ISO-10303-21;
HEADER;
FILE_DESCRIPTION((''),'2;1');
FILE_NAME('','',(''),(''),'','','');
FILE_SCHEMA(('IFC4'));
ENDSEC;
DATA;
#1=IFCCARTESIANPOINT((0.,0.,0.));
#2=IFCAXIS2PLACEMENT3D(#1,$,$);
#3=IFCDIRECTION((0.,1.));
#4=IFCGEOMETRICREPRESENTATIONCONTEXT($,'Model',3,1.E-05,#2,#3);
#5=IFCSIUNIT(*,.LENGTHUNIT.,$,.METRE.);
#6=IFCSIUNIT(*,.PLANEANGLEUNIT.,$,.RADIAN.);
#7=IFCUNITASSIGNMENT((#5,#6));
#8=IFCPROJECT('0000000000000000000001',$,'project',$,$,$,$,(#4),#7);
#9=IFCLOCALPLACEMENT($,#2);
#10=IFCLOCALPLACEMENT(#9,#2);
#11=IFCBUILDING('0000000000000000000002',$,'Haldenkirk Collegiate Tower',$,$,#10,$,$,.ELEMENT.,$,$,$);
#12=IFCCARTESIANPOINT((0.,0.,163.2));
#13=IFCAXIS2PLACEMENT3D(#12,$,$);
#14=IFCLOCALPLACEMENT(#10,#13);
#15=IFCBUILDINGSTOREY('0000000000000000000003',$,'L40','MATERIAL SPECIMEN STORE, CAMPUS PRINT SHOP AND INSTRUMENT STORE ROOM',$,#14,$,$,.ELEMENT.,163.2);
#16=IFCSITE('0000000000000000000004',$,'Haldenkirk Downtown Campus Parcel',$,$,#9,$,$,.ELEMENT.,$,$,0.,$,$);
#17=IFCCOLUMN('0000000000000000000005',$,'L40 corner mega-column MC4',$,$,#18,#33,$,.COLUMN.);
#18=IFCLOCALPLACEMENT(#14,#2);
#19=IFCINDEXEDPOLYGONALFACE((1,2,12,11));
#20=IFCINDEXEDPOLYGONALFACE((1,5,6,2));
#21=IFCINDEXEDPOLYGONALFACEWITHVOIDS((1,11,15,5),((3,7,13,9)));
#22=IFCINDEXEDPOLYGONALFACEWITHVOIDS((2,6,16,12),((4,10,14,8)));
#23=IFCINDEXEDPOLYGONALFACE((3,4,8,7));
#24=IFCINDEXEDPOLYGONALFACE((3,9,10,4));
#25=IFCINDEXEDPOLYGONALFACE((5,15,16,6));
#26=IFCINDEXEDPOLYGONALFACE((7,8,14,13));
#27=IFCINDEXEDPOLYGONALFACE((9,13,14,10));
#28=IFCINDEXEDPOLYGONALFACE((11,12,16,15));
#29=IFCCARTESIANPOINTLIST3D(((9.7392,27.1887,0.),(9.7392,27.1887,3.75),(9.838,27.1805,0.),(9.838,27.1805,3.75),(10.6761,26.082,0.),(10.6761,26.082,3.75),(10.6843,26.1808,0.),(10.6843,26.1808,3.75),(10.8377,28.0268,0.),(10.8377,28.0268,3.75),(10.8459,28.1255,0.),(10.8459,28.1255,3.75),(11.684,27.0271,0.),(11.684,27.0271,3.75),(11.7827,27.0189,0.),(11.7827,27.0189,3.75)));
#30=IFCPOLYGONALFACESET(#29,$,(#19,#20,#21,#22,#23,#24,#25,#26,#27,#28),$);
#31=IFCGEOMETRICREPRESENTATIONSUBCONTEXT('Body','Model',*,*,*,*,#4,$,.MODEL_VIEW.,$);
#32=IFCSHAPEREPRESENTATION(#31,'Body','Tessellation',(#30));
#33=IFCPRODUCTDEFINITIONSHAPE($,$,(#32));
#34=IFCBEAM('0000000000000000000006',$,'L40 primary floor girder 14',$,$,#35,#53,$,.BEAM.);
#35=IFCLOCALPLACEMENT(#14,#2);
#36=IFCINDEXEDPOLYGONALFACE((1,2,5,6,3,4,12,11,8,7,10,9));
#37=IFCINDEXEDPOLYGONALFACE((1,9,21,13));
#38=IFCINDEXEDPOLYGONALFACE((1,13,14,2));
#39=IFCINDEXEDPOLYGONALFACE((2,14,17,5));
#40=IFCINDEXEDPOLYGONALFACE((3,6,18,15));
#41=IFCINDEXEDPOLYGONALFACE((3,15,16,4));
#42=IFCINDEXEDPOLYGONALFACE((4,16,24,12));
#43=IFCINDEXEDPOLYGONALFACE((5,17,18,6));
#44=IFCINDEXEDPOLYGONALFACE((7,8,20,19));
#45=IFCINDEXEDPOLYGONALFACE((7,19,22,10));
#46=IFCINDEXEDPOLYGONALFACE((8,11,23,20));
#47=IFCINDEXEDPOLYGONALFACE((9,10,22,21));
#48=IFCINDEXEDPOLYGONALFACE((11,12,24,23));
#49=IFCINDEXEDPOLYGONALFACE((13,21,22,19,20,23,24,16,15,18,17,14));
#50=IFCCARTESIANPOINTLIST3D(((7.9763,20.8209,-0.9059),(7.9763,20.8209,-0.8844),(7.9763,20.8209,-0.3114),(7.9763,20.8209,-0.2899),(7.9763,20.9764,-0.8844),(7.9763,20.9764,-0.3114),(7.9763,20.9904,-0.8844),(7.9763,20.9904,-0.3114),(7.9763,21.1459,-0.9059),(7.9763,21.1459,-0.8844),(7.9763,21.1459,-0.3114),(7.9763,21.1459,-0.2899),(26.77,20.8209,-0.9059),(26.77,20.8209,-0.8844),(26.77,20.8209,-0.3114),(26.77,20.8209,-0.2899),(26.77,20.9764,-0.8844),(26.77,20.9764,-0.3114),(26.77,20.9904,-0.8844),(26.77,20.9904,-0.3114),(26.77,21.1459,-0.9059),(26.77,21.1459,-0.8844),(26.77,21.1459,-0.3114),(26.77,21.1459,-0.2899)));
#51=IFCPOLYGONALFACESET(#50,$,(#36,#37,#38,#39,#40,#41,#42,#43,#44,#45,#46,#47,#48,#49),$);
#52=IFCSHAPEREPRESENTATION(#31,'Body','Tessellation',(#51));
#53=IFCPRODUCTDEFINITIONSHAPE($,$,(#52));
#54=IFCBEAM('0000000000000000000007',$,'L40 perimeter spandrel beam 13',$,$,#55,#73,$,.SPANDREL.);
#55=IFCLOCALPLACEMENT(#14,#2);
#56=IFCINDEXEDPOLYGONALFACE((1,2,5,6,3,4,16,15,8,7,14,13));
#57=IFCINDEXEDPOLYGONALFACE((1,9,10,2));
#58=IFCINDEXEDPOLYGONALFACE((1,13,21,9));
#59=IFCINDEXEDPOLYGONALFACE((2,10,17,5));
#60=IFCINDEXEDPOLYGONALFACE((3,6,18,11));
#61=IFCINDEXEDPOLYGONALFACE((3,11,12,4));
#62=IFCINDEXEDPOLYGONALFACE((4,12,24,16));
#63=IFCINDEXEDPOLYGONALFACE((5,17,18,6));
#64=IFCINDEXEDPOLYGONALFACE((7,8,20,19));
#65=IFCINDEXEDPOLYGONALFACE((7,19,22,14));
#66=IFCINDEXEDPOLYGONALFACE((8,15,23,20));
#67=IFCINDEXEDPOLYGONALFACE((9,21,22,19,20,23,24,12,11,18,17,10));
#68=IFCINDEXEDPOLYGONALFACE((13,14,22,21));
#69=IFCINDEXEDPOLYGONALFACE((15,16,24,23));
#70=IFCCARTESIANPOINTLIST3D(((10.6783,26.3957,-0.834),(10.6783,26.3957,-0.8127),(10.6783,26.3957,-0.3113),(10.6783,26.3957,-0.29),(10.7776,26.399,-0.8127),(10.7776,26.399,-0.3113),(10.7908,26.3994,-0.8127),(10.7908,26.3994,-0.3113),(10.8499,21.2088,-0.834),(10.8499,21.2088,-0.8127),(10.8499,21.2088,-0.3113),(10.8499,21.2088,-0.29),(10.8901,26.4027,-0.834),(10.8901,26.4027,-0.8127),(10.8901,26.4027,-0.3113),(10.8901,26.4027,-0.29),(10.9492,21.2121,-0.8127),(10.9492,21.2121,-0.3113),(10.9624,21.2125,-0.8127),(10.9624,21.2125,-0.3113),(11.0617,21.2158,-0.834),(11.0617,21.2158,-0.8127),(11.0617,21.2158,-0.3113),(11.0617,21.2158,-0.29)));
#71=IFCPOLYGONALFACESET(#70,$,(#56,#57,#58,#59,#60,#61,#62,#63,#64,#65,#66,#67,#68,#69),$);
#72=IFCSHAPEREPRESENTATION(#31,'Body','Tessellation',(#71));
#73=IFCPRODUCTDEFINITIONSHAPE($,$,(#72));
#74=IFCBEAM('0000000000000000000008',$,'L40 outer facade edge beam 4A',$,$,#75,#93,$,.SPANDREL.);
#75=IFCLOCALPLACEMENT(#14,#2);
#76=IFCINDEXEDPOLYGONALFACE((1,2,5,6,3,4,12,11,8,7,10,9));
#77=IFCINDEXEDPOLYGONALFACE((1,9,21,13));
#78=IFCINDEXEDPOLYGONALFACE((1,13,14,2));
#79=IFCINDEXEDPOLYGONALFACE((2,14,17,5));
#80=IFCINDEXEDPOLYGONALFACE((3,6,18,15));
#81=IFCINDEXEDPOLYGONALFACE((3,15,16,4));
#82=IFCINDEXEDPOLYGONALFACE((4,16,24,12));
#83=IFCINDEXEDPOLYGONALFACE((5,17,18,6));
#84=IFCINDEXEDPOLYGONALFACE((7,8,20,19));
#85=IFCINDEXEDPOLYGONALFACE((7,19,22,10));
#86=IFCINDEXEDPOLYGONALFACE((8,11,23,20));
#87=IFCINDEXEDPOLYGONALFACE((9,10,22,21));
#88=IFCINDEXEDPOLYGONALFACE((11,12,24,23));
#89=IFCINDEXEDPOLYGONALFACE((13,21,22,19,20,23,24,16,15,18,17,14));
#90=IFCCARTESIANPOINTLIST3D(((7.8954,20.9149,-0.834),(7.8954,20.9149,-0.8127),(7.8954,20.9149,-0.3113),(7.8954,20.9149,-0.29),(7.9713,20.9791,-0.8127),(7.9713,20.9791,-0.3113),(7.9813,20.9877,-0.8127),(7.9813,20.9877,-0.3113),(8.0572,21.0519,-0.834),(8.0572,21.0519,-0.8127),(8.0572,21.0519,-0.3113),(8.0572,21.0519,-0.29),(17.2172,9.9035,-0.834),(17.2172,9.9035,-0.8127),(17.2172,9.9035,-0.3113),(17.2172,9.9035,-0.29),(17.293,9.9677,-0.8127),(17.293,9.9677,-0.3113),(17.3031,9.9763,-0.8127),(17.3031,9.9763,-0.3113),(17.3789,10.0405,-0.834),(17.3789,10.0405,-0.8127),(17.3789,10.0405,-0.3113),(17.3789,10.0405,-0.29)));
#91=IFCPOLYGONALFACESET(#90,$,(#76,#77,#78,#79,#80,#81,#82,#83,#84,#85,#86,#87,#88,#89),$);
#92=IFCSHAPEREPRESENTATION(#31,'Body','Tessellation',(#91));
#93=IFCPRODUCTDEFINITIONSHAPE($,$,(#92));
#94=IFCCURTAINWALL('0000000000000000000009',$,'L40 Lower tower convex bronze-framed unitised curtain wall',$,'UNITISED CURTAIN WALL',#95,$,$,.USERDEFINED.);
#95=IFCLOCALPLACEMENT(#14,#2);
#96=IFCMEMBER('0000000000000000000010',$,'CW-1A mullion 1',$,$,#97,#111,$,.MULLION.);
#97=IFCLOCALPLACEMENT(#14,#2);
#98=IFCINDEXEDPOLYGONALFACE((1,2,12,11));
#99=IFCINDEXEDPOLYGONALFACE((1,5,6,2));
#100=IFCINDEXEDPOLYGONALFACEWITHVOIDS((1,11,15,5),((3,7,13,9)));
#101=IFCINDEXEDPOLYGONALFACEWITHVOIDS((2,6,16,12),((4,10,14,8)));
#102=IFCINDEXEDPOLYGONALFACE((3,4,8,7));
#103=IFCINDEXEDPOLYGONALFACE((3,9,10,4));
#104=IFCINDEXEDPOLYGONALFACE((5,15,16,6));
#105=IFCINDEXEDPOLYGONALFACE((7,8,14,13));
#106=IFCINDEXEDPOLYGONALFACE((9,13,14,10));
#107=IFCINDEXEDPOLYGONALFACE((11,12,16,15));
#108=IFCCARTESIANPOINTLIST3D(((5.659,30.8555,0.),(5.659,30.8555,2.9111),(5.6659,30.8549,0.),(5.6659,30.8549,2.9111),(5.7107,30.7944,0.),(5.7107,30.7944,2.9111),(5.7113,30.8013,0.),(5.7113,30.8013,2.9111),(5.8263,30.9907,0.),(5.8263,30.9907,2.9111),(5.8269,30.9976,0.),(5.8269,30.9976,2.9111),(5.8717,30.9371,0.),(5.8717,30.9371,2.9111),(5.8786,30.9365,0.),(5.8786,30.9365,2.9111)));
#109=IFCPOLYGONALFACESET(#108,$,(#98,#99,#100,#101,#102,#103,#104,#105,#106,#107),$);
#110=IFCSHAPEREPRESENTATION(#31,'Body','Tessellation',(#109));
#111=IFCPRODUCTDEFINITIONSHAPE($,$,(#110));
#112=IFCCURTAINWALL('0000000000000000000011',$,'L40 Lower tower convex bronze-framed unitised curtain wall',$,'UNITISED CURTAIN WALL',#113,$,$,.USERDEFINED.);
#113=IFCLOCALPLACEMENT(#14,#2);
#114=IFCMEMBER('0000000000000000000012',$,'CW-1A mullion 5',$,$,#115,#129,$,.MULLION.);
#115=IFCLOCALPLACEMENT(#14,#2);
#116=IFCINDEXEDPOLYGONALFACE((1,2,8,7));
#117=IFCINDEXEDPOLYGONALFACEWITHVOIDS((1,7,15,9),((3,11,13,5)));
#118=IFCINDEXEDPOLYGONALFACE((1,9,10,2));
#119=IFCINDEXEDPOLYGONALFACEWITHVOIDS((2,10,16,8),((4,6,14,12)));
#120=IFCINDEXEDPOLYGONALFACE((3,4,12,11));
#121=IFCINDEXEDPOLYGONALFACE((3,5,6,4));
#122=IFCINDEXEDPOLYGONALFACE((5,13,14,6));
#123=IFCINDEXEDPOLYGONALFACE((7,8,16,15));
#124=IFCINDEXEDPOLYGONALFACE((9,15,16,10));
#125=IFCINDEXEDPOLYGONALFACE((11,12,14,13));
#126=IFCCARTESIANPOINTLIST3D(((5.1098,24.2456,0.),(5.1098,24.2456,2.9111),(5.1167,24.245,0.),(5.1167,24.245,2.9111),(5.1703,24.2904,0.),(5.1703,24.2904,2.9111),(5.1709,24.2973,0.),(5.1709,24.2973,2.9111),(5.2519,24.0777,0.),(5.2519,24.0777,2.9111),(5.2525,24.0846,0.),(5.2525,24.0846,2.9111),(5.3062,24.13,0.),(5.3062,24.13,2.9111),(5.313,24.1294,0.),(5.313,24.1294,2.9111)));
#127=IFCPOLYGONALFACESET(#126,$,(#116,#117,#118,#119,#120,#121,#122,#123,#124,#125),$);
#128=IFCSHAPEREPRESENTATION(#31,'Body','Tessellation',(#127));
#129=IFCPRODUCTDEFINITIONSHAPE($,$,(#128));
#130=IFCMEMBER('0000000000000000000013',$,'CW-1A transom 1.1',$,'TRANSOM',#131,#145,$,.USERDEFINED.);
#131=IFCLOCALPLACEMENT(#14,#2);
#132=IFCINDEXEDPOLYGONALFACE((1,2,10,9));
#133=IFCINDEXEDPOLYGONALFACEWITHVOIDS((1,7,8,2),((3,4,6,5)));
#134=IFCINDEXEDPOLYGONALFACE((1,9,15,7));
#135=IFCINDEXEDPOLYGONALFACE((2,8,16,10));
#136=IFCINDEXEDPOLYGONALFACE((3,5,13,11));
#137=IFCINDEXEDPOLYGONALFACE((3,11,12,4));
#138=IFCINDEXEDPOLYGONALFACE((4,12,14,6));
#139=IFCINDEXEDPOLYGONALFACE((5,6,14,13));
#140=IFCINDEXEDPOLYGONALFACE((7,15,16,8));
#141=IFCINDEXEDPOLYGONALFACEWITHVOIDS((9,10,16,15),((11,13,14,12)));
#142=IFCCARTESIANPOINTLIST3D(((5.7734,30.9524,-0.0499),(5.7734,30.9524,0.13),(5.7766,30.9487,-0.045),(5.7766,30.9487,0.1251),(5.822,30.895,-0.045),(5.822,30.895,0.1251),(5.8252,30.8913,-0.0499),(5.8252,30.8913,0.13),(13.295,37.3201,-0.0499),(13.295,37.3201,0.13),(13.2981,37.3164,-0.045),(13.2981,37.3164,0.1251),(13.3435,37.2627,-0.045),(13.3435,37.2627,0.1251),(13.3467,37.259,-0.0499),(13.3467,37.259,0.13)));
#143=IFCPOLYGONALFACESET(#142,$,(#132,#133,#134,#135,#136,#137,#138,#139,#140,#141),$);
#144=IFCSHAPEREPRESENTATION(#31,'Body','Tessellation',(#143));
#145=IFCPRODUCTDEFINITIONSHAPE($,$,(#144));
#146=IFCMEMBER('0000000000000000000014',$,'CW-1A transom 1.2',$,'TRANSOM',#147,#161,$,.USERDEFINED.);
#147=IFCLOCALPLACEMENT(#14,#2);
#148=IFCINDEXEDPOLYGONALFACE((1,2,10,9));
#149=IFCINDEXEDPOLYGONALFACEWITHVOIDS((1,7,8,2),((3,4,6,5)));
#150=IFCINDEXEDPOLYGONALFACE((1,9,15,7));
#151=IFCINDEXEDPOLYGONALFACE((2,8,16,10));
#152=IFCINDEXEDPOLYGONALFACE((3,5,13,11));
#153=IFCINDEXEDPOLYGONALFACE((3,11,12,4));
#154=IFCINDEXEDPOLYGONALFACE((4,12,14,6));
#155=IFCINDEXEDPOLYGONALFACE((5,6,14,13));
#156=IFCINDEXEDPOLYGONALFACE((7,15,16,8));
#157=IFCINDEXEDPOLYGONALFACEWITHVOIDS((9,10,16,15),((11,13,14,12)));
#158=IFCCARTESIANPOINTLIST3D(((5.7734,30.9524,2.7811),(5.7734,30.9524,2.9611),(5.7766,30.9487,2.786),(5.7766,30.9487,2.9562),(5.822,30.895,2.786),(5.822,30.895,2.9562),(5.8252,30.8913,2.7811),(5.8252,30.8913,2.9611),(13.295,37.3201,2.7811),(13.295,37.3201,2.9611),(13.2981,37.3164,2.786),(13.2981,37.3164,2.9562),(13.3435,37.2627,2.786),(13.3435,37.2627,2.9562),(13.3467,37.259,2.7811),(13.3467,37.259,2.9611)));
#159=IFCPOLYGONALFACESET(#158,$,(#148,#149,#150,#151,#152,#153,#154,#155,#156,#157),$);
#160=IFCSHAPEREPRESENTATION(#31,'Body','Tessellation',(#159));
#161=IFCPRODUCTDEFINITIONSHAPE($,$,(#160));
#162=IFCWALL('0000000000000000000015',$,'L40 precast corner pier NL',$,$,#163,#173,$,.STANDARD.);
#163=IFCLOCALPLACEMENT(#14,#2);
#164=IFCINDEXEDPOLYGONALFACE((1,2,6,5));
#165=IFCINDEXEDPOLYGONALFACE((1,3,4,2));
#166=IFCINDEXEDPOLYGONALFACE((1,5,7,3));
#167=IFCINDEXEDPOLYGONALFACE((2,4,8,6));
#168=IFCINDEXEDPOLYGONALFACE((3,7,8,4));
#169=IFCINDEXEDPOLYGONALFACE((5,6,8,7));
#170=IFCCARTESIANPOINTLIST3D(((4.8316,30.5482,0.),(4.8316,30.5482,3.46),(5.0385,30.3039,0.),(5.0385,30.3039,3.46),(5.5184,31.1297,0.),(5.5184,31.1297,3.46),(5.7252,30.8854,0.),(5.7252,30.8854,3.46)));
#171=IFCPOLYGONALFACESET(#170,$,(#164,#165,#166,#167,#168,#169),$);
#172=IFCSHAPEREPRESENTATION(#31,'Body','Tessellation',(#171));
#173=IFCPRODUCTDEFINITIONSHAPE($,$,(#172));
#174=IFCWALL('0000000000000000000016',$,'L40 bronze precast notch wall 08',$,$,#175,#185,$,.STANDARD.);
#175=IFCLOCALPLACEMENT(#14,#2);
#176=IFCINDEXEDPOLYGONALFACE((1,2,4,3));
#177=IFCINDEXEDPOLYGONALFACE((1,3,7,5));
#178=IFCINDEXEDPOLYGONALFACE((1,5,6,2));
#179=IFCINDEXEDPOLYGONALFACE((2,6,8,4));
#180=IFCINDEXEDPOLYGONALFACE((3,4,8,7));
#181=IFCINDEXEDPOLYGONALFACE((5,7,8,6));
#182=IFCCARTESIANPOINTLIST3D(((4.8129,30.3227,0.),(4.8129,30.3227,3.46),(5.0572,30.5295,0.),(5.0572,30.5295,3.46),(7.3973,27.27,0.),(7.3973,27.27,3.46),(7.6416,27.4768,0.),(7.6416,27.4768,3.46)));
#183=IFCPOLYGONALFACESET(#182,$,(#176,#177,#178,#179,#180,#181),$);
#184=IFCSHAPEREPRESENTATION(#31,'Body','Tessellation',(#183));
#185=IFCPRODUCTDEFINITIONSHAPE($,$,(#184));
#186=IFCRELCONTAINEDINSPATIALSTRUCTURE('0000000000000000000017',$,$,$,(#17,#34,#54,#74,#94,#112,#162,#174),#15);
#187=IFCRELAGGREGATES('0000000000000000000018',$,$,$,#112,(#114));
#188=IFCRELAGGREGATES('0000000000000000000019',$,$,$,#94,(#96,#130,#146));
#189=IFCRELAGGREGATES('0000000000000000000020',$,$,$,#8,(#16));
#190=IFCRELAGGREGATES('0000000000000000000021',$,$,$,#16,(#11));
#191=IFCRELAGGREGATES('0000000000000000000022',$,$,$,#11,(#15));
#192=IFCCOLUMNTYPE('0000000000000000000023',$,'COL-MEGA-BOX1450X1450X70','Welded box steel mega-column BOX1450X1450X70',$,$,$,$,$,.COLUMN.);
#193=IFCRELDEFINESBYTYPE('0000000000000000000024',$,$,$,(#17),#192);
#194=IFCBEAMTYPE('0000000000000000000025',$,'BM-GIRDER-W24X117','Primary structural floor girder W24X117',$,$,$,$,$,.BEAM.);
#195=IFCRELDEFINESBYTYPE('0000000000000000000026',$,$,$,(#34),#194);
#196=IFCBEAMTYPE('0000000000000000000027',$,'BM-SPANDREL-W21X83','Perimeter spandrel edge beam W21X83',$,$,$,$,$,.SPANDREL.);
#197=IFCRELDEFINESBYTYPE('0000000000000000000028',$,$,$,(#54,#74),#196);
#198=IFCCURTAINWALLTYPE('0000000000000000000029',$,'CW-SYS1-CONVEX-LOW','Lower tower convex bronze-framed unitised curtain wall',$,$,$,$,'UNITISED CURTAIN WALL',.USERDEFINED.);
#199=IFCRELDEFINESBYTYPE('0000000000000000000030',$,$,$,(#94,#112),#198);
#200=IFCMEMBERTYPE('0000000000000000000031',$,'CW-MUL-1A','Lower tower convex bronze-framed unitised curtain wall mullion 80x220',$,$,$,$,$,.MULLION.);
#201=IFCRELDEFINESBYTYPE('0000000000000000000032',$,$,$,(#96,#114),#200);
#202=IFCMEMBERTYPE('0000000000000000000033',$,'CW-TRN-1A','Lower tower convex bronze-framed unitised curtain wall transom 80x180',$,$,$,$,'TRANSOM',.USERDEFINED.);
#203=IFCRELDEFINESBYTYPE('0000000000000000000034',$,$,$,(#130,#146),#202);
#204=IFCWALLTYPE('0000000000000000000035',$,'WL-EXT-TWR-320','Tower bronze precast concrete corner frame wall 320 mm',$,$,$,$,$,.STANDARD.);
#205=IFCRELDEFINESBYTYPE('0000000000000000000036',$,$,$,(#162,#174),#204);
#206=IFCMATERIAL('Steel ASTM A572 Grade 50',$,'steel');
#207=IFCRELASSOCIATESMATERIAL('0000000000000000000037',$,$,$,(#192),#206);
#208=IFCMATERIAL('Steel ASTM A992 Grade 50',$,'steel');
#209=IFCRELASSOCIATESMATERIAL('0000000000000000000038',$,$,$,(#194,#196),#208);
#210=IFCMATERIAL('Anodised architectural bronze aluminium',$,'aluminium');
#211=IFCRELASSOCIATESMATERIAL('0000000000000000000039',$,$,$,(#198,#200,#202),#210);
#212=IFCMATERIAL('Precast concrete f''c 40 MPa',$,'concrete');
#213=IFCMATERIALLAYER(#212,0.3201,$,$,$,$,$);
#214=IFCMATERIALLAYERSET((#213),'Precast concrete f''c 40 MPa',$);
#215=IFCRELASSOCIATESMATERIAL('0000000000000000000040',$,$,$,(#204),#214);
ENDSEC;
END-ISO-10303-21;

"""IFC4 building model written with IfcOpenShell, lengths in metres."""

from ifc_helpers import new_model, si_unit, direction, frame, frame_2d, origin, origin_2d, place, context, subcontext, project, spatial, rectangle, hollow_rectangle, i_section, extrude, material, layer, layer_set, material_profile, profile_set, type_object, element, aggregate, save


model = new_model("IFC4")

# Units and contexts
model_context = context("Model", 3, precision=1e-05, world=origin(), true_north=direction((0.0, 1.0)))
body_context = subcontext(model_context, "Body", "Model", "MODEL_VIEW")
ifc_project = project(units=[si_unit("LENGTHUNIT", "METRE"), si_unit("PLANEANGLEUNIT", "RADIAN")], contexts=[model_context])

# Site, building, storey
site_placement = place(None, origin())
site = spatial("IfcSite", under=ifc_project, at=site_placement, Name="Haldenkirk Downtown Campus Parcel", CompositionType="ELEMENT", RefElevation=0.0)
building_placement = place(site_placement, origin())
building = spatial("IfcBuilding", under=site, at=building_placement, Name="Haldenkirk Collegiate Tower", CompositionType="ELEMENT")
storey_placement = place(building_placement, frame((0.0, 0.0, 163.2)))
storey = spatial("IfcBuildingStorey", under=building, at=storey_placement, Name="L40", Description="MATERIAL SPECIMEN STORE, CAMPUS PRINT SHOP AND INSTRUMENT STORE ROOM", CompositionType="ELEMENT", Elevation=163.2)

# Column
ifc_material_1 = material(Name="Steel ASTM A572 Grade 50", Category="steel")
ifc_material_profile_1 = material_profile(ifc_material_1, hollow_rectangle(XDim=1.45, YDim=1.45, WallThickness=0.0701, at=origin_2d()), Name="BOX1450X1450X70")
ifc_profile_set_1 = profile_set([ifc_material_profile_1], Name="Steel ASTM A572 Grade 50")
column_type = type_object("IfcColumnType", Name="COL-MEGA-BOX1450X1450X70", Description="Welded box steel mega-column BOX1450X1450X70", PredefinedType="COLUMN", material=ifc_profile_set_1)
column_placement = place(storey_placement, frame((10.761, 27.1038, 0.0), z_axis=(0.0, 0.0, 1.0), x_axis=(0.763232, 0.646124, 0.0)))
element("IfcColumn", 1, at=column_placement, inside=storey, type_object=column_type, Name="L40 corner mega-column MC4", PredefinedType="COLUMN", context=body_context, shape_type="SweptSolid", body=[
    extrude(hollow_rectangle(XDim=1.45, YDim=1.45, WallThickness=0.0701, at=origin_2d()), origin(), (0.0, 0.0, 1.0), 3.75),
])

# Beams
ifc_material_2 = material(Name="Steel ASTM A992 Grade 50", Category="steel")
ifc_material_profile_2 = material_profile(ifc_material_2, i_section(OverallWidth=0.325, OverallDepth=0.616, WebThickness=0.0139, FlangeThickness=0.0215, at=origin_2d()), Name="W24X117")
ifc_profile_set_2 = profile_set([ifc_material_profile_2], Name="Steel ASTM A992 Grade 50")
beam_type_1 = type_object("IfcBeamType", Name="BM-GIRDER-W24X117", Description="Primary structural floor girder W24X117", PredefinedType="BEAM", material=ifc_profile_set_2)
beam_1_placement = place(storey_placement, frame((7.9763, 20.9834, -0.5979), z_axis=(1.0, 0.0, 0.0), x_axis=(0.0, 1.0, 0.0)))
element("IfcBeam", 2, at=beam_1_placement, inside=storey, type_object=beam_type_1, Name="L40 primary floor girder 14", PredefinedType="BEAM", context=body_context, shape_type="SweptSolid", body=[
    extrude(i_section(OverallWidth=0.325, OverallDepth=0.616, WebThickness=0.0139, FlangeThickness=0.0215, at=origin_2d()), origin(), (0.0, 0.0, 1.0), 18.7937),
])
ifc_material_profile_3 = material_profile(ifc_material_2, i_section(OverallWidth=0.2119, OverallDepth=0.5439, WebThickness=0.0132, FlangeThickness=0.0212, at=origin_2d()), Name="W21X83")
ifc_profile_set_3 = profile_set([ifc_material_profile_3], Name="Steel ASTM A992 Grade 50")
beam_type_2 = type_object("IfcBeamType", Name="BM-SPANDREL-W21X83", Description="Perimeter spandrel edge beam W21X83", PredefinedType="SPANDREL", material=ifc_profile_set_3)
beam_2_placement = place(storey_placement, frame((10.7842, 26.3992, -0.562), z_axis=(0.033072, -0.999453, 0.0), x_axis=(0.999453, 0.033072, 0.0)))
element("IfcBeam", 3, at=beam_2_placement, inside=storey, type_object=beam_type_2, Name="L40 perimeter spandrel beam 13", PredefinedType="SPANDREL", context=body_context, shape_type="SweptSolid", body=[
    extrude(i_section(OverallWidth=0.2119, OverallDepth=0.5439, WebThickness=0.0132, FlangeThickness=0.0212, at=origin_2d()), origin(), (0.0, 0.0, 1.0), 5.1897),
])
beam_3_placement = place(storey_placement, frame((7.9763, 20.9834, -0.562), z_axis=(0.646119, -0.763237, 0.0), x_axis=(0.763237, 0.646119, 0.0)))
element("IfcBeam", 4, at=beam_3_placement, inside=storey, type_object=beam_type_2, Name="L40 outer facade edge beam 4A", PredefinedType="SPANDREL", context=body_context, shape_type="SweptSolid", body=[
    extrude(i_section(OverallWidth=0.2119, OverallDepth=0.5439, WebThickness=0.0132, FlangeThickness=0.0212, at=origin_2d()), origin(), (0.0, 0.0, 1.0), 14.4272),
])

# Curtain walls, members
ifc_material_3 = material(Name="Anodised architectural bronze aluminium", Category="aluminium")
curtain_wall_type = type_object("IfcCurtainWallType", Name="CW-SYS1-CONVEX-LOW", Description="Lower tower convex bronze-framed unitised curtain wall", ElementType="UNITISED CURTAIN WALL", PredefinedType="USERDEFINED", material=ifc_material_3)
curtain_wall_1_placement = place(storey_placement, origin())
curtain_wall_1 = element("IfcCurtainWall", 5, at=curtain_wall_1_placement, inside=storey, type_object=curtain_wall_type, Name="L40 Lower tower convex bronze-framed unitised curtain wall", ObjectType="UNITISED CURTAIN WALL", PredefinedType="USERDEFINED")
ifc_material_profile_4 = material_profile(ifc_material_3, hollow_rectangle(XDim=0.0801, YDim=0.22, WallThickness=0.0049, at=origin_2d()), Name="CW-MUL-1A")
ifc_profile_set_4 = profile_set([ifc_material_profile_4], Name="Anodised architectural bronze aluminium")
member_type_1 = type_object("IfcMemberType", Name="CW-MUL-1A", Description="Lower tower convex bronze-framed unitised curtain wall mullion 80x220", PredefinedType="MULLION", material=ifc_profile_set_4)
member_1_placement = place(storey_placement, frame((5.7688, 30.896, 0.0), z_axis=(0.0, 0.0, 1.0), x_axis=(-0.646124, 0.763232, 0.0)))
member_1 = element("IfcMember", 6, at=member_1_placement, type_object=member_type_1, Name="CW-1A mullion 1", PredefinedType="MULLION", context=body_context, shape_type="SweptSolid", body=[
    extrude(hollow_rectangle(XDim=0.0801, YDim=0.22, WallThickness=0.0049, at=origin_2d()), origin(), (0.0, 0.0, 1.0), 2.9111),
])
curtain_wall_2_placement = place(storey_placement, origin())
curtain_wall_2 = element("IfcCurtainWall", 7, at=curtain_wall_2_placement, inside=storey, type_object=curtain_wall_type, Name="L40 Lower tower convex bronze-framed unitised curtain wall", ObjectType="UNITISED CURTAIN WALL", PredefinedType="USERDEFINED")
member_2_placement = place(storey_placement, frame((5.2114, 24.1875, 0.0), z_axis=(0.0, 0.0, 1.0), x_axis=(-0.763233, -0.646123, 0.0)))
member_2 = element("IfcMember", 8, at=member_2_placement, type_object=member_type_1, Name="CW-1A mullion 5", PredefinedType="MULLION", context=body_context, shape_type="SweptSolid", body=[
    extrude(hollow_rectangle(XDim=0.0801, YDim=0.22, WallThickness=0.0049, at=origin_2d()), origin(), (0.0, 0.0, 1.0), 2.9111),
])
aggregate(curtain_wall_2, [member_2])

# Members
ifc_material_profile_5 = material_profile(ifc_material_3, hollow_rectangle(XDim=0.0801, YDim=0.1799, WallThickness=0.0049, at=origin_2d()), Name="CW-TRN-1A")
ifc_profile_set_5 = profile_set([ifc_material_profile_5], Name="Anodised architectural bronze aluminium")
member_type_2 = type_object("IfcMemberType", Name="CW-TRN-1A", Description="Lower tower convex bronze-framed unitised curtain wall transom 80x180", ElementType="TRANSOM", PredefinedType="USERDEFINED", material=ifc_profile_set_5)
member_3_placement = place(storey_placement, frame((5.7993, 30.9219, 0.04), z_axis=(0.763219, 0.64614, 0.0), x_axis=(-0.64614, 0.763219, 0.0)))
member_3 = element("IfcMember", 9, at=member_3_placement, type_object=member_type_2, Name="CW-1A transom 1.1", ObjectType="TRANSOM", PredefinedType="USERDEFINED", context=body_context, shape_type="SweptSolid", body=[
    extrude(hollow_rectangle(XDim=0.0801, YDim=0.1799, WallThickness=0.0049, at=origin_2d()), origin(), (0.0, 0.0, 1.0), 9.855),
])
member_4_placement = place(storey_placement, frame((5.7993, 30.9219, 2.8711), z_axis=(0.763219, 0.64614, 0.0), x_axis=(-0.64614, 0.763219, 0.0)))
member_4 = element("IfcMember", 10, at=member_4_placement, type_object=member_type_2, Name="CW-1A transom 1.2", ObjectType="TRANSOM", PredefinedType="USERDEFINED", context=body_context, shape_type="SweptSolid", body=[
    extrude(hollow_rectangle(XDim=0.0801, YDim=0.1799, WallThickness=0.0049, at=origin_2d()), origin(), (0.0, 0.0, 1.0), 9.855),
])
aggregate(curtain_wall_1, [member_1, member_3, member_4])

# Walls
ifc_material_4 = material(Name="Precast concrete f'c 40 MPa", Category="concrete")
ifc_layer_1 = layer(ifc_material_4, 0.3201)
ifc_layer_set_1 = layer_set([ifc_layer_1], Name="Precast concrete f'c 40 MPa")
wall_type_1 = type_object("IfcWallType", Name="WL-EXT-TWR-320", Description="Tower bronze precast concrete corner frame wall 320 mm", PredefinedType="STANDARD", material=ifc_layer_set_1)
wall_1_placement = place(storey_placement, frame((4.9351, 30.426, 0.0), z_axis=(0.0, 0.0, 1.0), x_axis=(0.76315, 0.646222, 0.0)))
element("IfcWall", 11, at=wall_1_placement, inside=storey, type_object=wall_type_1, Name="L40 precast corner pier NL", PredefinedType="STANDARD", context=body_context, shape_type="SweptSolid", body=[
    extrude(rectangle(XDim=0.8999, YDim=0.3201, at=frame_2d((0.45, 0.0))), origin(), (0.0, 0.0, 1.0), 3.46),
])
wall_2_placement = place(storey_placement, frame((7.5195, 27.3733, 0.0), z_axis=(0.0, 0.0, 1.0), x_axis=(-0.646145, 0.763215, 0.0)))
element("IfcWall", 12, at=wall_2_placement, inside=storey, type_object=wall_type_1, Name="L40 bronze precast notch wall 08", PredefinedType="STANDARD", context=body_context, shape_type="SweptSolid", body=[
    extrude(rectangle(XDim=3.9998, YDim=0.3201, at=frame_2d((2.0, 0.0))), origin(), (0.0, 0.0, 1.0), 3.46),
])

save(model, "model.ifc")
